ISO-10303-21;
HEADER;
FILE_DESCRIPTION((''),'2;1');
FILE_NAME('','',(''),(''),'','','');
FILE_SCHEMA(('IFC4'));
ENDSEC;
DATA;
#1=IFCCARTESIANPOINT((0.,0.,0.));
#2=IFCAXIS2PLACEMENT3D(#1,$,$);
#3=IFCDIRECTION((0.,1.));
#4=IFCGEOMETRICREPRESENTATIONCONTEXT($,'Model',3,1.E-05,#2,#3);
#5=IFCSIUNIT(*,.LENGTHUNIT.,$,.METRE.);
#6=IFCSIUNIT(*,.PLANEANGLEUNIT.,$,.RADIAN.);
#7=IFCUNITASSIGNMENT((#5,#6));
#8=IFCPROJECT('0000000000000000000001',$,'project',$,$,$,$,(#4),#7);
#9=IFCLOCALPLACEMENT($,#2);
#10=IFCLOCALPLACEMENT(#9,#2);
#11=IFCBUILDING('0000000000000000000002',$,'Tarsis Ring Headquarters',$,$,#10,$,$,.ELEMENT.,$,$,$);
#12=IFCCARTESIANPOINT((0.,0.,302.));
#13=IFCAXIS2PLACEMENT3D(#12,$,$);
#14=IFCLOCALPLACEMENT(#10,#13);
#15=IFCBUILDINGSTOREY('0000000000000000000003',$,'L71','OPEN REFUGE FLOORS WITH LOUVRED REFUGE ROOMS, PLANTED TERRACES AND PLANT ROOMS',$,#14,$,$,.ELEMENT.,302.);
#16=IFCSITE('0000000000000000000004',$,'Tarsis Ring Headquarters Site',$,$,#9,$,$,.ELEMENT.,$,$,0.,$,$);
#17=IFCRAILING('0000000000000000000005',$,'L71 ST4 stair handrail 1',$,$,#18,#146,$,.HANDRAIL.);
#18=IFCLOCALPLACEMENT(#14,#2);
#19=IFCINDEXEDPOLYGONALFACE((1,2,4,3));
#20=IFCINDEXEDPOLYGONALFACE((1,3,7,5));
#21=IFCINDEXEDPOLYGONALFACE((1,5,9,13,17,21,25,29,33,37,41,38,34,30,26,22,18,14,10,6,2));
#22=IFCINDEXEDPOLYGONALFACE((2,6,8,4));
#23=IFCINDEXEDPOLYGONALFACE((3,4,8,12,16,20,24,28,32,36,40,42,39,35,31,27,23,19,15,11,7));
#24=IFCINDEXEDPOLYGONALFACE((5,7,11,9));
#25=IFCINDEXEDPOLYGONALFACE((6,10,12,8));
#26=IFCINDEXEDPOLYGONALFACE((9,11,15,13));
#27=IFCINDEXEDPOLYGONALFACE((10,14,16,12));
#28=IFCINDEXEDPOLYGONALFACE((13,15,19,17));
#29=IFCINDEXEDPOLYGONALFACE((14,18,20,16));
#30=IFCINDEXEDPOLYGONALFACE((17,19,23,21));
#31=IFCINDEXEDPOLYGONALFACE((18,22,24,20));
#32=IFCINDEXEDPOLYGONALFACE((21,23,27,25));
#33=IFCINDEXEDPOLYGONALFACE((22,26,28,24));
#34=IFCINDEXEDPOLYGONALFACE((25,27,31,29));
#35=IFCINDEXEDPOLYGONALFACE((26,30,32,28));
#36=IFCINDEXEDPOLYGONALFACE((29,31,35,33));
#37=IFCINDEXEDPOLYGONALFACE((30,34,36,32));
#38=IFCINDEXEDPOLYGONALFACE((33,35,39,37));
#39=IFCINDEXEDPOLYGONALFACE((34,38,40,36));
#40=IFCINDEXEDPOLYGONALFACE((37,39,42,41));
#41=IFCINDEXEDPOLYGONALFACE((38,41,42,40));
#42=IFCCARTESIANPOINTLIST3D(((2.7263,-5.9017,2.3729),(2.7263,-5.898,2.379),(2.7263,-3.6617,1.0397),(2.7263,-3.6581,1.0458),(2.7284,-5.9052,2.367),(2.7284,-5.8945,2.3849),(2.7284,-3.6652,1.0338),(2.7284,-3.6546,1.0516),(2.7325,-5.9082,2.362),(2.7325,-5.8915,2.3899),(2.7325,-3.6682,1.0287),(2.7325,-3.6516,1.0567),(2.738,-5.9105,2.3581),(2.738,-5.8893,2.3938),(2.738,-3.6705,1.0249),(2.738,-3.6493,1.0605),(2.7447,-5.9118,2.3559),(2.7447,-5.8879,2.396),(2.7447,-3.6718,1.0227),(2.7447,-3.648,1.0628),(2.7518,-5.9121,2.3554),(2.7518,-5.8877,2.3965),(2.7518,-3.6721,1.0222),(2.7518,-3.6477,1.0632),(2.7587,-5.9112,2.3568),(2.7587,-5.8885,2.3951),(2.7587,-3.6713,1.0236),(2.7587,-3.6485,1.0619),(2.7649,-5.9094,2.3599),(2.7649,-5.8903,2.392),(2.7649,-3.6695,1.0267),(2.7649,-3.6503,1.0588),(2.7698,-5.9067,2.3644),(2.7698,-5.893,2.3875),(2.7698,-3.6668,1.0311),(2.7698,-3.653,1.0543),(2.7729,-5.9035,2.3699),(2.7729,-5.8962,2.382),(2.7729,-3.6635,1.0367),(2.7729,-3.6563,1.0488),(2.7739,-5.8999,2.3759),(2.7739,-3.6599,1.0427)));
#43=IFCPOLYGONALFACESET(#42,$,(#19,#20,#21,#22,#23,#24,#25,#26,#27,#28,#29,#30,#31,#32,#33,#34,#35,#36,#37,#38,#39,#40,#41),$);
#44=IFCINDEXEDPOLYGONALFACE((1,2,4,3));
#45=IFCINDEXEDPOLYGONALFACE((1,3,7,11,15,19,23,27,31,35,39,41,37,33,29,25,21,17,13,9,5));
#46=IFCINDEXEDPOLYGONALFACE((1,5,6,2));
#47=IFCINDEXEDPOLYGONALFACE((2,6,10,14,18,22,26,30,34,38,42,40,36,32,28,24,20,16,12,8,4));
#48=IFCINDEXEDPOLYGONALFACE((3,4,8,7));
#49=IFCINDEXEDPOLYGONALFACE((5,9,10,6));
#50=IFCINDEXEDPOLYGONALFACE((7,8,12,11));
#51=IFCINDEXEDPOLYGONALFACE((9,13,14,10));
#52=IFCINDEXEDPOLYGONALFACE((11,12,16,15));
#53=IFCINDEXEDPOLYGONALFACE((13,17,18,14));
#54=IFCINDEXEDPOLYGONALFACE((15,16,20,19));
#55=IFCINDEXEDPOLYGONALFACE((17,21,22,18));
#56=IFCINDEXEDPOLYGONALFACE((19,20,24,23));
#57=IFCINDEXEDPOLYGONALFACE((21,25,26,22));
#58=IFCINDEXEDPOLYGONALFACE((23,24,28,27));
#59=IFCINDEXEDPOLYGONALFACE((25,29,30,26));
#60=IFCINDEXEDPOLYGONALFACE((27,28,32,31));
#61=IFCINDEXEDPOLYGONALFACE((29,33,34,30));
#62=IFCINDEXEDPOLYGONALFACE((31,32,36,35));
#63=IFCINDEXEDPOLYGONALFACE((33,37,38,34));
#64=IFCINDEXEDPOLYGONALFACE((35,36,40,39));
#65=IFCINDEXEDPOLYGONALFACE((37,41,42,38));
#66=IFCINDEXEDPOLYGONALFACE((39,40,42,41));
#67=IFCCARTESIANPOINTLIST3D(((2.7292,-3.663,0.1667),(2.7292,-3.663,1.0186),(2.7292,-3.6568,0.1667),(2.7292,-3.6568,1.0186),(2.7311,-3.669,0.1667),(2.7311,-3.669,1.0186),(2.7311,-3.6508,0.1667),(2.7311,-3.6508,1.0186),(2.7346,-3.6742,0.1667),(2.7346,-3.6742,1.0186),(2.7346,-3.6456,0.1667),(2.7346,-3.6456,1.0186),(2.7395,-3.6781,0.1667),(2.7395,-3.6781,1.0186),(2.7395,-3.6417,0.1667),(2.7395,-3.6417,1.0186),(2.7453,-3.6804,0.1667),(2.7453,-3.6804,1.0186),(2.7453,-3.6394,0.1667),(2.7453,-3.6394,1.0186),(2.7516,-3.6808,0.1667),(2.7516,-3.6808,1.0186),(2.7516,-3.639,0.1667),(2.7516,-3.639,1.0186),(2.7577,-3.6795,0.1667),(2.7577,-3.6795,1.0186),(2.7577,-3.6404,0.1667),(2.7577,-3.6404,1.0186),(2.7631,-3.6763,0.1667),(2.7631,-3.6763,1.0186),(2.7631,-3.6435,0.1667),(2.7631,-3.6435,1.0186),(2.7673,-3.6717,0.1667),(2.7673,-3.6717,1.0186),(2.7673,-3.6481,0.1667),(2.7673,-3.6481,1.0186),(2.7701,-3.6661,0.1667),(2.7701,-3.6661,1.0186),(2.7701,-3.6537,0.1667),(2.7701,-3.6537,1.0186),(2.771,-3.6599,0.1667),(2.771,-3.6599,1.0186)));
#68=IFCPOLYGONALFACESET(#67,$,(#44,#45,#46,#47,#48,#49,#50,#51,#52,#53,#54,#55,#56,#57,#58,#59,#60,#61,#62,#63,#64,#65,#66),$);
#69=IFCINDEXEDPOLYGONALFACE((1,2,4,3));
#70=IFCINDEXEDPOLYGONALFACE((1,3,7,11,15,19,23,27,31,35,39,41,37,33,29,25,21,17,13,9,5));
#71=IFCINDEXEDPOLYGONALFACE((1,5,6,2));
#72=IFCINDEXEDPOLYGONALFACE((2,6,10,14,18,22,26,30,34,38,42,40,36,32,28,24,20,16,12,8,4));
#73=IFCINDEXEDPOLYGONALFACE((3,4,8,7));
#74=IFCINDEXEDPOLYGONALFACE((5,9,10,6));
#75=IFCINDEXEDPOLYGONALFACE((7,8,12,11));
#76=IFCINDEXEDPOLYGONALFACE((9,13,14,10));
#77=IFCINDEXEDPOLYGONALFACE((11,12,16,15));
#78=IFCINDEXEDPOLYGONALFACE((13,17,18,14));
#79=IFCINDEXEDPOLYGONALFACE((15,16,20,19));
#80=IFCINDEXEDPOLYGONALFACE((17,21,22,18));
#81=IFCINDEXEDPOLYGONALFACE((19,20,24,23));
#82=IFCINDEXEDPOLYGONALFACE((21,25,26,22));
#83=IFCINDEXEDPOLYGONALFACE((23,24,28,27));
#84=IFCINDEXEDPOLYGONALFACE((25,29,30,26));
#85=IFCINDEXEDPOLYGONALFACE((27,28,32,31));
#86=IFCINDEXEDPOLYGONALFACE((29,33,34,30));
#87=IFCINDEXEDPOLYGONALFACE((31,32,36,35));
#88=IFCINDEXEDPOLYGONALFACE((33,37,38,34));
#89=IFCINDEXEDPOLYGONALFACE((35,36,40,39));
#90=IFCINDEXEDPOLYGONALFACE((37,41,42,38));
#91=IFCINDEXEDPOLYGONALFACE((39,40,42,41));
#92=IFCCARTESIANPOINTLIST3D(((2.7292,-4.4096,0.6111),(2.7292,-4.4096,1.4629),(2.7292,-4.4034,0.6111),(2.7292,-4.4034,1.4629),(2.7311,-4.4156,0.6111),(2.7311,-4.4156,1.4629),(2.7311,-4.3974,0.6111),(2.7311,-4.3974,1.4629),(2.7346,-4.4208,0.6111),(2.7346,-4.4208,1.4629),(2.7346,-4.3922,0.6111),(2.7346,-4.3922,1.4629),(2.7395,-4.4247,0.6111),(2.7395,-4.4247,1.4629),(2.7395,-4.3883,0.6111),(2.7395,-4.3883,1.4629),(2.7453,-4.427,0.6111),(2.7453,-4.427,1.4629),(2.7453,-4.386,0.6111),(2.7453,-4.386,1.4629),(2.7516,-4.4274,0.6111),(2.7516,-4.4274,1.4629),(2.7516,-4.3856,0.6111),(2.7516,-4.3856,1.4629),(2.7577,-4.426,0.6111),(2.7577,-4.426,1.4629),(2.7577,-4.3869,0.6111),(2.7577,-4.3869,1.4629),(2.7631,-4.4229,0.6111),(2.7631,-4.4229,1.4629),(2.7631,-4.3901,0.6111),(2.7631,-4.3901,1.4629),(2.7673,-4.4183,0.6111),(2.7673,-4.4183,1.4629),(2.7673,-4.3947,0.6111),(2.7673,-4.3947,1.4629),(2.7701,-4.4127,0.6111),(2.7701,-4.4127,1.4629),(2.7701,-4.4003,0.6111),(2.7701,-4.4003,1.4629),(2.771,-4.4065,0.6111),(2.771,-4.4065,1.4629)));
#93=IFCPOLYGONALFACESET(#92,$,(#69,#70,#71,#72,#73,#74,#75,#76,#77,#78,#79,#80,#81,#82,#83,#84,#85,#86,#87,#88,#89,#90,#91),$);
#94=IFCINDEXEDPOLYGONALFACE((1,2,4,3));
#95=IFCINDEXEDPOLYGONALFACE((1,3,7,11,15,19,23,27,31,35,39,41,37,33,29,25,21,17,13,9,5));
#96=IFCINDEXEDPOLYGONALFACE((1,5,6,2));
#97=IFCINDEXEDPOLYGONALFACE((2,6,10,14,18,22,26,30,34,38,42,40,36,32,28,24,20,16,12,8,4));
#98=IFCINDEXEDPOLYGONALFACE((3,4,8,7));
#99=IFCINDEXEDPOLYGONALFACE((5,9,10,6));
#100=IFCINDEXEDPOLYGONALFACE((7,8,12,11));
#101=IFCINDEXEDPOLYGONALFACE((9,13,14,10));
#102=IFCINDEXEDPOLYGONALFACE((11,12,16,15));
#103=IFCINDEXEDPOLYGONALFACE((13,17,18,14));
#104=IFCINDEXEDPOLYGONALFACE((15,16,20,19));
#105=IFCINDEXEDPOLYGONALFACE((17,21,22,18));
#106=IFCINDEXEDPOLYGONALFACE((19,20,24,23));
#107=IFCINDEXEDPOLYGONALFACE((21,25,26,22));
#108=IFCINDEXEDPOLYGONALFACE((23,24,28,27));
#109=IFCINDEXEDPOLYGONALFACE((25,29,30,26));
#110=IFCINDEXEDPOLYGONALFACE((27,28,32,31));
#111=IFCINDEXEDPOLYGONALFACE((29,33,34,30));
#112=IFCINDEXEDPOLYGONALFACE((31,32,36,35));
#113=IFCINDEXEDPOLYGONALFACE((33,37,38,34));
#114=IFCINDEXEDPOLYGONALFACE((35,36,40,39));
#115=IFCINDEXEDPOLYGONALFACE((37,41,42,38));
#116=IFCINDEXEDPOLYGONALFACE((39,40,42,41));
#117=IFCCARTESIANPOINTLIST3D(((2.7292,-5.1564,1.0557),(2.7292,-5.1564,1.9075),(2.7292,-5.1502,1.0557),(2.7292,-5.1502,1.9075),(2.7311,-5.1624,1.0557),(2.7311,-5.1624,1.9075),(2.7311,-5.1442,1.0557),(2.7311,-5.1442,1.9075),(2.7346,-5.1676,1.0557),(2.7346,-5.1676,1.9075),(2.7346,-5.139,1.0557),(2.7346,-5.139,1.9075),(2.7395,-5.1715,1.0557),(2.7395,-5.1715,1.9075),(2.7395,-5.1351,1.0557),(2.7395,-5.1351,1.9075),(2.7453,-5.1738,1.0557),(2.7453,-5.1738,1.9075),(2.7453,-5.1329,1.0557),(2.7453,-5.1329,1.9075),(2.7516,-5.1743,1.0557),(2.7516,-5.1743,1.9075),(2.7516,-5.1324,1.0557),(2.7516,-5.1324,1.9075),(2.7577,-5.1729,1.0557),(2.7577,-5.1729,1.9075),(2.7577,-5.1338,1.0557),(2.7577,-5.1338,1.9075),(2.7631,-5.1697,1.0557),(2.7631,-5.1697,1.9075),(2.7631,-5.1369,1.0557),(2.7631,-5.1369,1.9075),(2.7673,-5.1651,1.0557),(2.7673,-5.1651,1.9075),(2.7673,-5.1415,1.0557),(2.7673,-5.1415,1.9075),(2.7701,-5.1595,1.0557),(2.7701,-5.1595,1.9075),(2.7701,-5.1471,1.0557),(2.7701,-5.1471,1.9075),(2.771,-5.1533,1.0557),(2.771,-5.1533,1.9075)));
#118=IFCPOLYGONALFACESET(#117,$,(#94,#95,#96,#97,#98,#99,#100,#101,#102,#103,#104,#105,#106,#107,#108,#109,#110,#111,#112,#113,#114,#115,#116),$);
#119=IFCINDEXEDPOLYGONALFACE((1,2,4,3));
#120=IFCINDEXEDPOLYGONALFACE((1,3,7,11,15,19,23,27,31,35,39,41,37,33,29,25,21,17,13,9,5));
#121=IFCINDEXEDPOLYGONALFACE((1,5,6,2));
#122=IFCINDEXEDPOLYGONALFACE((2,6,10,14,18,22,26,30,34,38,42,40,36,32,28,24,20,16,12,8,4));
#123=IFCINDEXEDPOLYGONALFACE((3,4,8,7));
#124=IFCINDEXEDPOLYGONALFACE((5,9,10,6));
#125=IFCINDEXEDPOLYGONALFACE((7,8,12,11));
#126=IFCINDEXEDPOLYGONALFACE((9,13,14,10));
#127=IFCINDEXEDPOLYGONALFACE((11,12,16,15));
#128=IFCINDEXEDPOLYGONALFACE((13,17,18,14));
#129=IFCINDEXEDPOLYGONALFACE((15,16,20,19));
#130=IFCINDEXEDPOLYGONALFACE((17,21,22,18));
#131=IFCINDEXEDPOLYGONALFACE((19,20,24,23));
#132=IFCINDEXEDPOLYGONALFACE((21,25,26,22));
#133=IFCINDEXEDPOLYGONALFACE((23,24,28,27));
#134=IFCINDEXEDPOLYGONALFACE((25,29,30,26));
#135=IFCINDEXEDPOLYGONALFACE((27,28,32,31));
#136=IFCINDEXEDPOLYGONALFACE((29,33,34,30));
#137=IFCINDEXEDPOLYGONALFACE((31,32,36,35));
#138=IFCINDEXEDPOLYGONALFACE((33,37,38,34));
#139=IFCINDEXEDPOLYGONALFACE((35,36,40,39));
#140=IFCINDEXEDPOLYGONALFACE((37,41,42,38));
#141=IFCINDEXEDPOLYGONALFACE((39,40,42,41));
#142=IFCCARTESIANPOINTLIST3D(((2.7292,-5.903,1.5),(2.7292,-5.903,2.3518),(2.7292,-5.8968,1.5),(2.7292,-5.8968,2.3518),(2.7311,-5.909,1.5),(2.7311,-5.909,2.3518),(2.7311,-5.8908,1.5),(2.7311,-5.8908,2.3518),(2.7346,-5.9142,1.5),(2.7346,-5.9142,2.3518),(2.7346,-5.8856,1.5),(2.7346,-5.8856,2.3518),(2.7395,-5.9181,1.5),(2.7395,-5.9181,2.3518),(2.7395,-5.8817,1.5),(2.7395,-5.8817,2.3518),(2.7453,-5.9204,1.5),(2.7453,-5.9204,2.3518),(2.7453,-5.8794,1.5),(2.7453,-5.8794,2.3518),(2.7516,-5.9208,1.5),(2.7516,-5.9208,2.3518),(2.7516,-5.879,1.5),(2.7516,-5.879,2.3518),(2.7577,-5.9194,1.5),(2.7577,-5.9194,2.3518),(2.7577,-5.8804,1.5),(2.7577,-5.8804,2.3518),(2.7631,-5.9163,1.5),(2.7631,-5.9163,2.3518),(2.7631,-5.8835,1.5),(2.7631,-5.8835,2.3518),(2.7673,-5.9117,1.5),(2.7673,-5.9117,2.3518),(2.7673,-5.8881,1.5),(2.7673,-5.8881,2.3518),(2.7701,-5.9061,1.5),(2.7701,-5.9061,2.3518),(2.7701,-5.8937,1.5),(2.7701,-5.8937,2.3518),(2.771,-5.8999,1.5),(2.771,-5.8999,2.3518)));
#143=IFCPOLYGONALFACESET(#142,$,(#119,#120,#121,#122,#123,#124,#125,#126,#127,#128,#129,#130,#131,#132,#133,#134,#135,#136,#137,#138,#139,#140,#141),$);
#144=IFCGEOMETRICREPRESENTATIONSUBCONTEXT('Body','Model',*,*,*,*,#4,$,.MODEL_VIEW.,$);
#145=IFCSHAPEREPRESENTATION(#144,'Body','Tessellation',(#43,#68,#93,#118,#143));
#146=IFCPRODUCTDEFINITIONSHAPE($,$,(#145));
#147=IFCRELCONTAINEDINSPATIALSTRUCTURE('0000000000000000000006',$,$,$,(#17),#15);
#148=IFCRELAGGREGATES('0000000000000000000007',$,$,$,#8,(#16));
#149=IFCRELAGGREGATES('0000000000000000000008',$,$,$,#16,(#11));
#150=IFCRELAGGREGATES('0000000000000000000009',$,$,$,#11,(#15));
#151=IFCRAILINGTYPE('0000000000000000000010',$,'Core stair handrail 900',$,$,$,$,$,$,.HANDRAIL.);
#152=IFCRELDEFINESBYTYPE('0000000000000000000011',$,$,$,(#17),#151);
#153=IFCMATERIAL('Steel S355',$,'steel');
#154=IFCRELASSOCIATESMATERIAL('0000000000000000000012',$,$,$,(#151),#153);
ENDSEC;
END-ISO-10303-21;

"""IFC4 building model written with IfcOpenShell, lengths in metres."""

from ifc_helpers import new_model, si_unit, direction, frame, origin, origin_2d, place, context, subcontext, project, spatial, circle, extrude, material, type_object, element, save


model = new_model("IFC4")

# Units and contexts
model_context = context("Model", 3, precision=1e-05, world=origin(), true_north=direction((0.0, 1.0)))
body_context = subcontext(model_context, "Body", "Model", "MODEL_VIEW")
ifc_project = project(units=[si_unit("LENGTHUNIT", "METRE"), si_unit("PLANEANGLEUNIT", "RADIAN")], contexts=[model_context])

# Site, building, storey
site_placement = place(None, origin())
site = spatial("IfcSite", under=ifc_project, at=site_placement, Name="Tarsis Ring Headquarters Site", CompositionType="ELEMENT", RefElevation=0.0)
building_placement = place(site_placement, origin())
building = spatial("IfcBuilding", under=site, at=building_placement, Name="Tarsis Ring Headquarters", CompositionType="ELEMENT")
storey_placement = place(building_placement, frame((0.0, 0.0, 302.0)))
storey = spatial("IfcBuildingStorey", under=building, at=storey_placement, Name="L71", Description="OPEN REFUGE FLOORS WITH LOUVRED REFUGE ROOMS, PLANTED TERRACES AND PLANT ROOMS", CompositionType="ELEMENT", Elevation=302.0)

# Railing
ifc_material_1 = material(Name="Steel S355", Category="steel")
railing_type_1 = type_object("IfcRailingType", Name="Core stair handrail 900", PredefinedType="HANDRAIL", material=ifc_material_1)
railing_1_placement = place(storey_placement, frame((2.75, -3.6599, 0.1667)))
element("IfcRailing", 1, at=railing_1_placement, inside=storey, type_object=railing_type_1, Name="L71 ST4 stair handrail 1", PredefinedType="HANDRAIL", context=body_context, shape_type="SweptSolid", body=[
    extrude(circle(Radius=0.0239, at=origin_2d()), frame((0.0, 0.0, 0.876), z_axis=(0.0, -0.859306, 0.511462), x_axis=(1.0, 0.0, 0.0)), (0.0, 0.0, 1.0), 2.6067),
    extrude(circle(Radius=0.021, at=origin_2d()), origin(), (0.0, 0.0, 1.0), 0.8518),
    extrude(circle(Radius=0.021, at=origin_2d()), frame((0.0, -0.7466, 0.4443)), (0.0, 0.0, 1.0), 0.8518),
    extrude(circle(Radius=0.021, at=origin_2d()), frame((0.0, -1.4934, 0.8889)), (0.0, 0.0, 1.0), 0.8518),
    extrude(circle(Radius=0.021, at=origin_2d()), frame((0.0, -2.24, 1.3333)), (0.0, 0.0, 1.0), 0.8518),
])

save(model, "model.ifc")
